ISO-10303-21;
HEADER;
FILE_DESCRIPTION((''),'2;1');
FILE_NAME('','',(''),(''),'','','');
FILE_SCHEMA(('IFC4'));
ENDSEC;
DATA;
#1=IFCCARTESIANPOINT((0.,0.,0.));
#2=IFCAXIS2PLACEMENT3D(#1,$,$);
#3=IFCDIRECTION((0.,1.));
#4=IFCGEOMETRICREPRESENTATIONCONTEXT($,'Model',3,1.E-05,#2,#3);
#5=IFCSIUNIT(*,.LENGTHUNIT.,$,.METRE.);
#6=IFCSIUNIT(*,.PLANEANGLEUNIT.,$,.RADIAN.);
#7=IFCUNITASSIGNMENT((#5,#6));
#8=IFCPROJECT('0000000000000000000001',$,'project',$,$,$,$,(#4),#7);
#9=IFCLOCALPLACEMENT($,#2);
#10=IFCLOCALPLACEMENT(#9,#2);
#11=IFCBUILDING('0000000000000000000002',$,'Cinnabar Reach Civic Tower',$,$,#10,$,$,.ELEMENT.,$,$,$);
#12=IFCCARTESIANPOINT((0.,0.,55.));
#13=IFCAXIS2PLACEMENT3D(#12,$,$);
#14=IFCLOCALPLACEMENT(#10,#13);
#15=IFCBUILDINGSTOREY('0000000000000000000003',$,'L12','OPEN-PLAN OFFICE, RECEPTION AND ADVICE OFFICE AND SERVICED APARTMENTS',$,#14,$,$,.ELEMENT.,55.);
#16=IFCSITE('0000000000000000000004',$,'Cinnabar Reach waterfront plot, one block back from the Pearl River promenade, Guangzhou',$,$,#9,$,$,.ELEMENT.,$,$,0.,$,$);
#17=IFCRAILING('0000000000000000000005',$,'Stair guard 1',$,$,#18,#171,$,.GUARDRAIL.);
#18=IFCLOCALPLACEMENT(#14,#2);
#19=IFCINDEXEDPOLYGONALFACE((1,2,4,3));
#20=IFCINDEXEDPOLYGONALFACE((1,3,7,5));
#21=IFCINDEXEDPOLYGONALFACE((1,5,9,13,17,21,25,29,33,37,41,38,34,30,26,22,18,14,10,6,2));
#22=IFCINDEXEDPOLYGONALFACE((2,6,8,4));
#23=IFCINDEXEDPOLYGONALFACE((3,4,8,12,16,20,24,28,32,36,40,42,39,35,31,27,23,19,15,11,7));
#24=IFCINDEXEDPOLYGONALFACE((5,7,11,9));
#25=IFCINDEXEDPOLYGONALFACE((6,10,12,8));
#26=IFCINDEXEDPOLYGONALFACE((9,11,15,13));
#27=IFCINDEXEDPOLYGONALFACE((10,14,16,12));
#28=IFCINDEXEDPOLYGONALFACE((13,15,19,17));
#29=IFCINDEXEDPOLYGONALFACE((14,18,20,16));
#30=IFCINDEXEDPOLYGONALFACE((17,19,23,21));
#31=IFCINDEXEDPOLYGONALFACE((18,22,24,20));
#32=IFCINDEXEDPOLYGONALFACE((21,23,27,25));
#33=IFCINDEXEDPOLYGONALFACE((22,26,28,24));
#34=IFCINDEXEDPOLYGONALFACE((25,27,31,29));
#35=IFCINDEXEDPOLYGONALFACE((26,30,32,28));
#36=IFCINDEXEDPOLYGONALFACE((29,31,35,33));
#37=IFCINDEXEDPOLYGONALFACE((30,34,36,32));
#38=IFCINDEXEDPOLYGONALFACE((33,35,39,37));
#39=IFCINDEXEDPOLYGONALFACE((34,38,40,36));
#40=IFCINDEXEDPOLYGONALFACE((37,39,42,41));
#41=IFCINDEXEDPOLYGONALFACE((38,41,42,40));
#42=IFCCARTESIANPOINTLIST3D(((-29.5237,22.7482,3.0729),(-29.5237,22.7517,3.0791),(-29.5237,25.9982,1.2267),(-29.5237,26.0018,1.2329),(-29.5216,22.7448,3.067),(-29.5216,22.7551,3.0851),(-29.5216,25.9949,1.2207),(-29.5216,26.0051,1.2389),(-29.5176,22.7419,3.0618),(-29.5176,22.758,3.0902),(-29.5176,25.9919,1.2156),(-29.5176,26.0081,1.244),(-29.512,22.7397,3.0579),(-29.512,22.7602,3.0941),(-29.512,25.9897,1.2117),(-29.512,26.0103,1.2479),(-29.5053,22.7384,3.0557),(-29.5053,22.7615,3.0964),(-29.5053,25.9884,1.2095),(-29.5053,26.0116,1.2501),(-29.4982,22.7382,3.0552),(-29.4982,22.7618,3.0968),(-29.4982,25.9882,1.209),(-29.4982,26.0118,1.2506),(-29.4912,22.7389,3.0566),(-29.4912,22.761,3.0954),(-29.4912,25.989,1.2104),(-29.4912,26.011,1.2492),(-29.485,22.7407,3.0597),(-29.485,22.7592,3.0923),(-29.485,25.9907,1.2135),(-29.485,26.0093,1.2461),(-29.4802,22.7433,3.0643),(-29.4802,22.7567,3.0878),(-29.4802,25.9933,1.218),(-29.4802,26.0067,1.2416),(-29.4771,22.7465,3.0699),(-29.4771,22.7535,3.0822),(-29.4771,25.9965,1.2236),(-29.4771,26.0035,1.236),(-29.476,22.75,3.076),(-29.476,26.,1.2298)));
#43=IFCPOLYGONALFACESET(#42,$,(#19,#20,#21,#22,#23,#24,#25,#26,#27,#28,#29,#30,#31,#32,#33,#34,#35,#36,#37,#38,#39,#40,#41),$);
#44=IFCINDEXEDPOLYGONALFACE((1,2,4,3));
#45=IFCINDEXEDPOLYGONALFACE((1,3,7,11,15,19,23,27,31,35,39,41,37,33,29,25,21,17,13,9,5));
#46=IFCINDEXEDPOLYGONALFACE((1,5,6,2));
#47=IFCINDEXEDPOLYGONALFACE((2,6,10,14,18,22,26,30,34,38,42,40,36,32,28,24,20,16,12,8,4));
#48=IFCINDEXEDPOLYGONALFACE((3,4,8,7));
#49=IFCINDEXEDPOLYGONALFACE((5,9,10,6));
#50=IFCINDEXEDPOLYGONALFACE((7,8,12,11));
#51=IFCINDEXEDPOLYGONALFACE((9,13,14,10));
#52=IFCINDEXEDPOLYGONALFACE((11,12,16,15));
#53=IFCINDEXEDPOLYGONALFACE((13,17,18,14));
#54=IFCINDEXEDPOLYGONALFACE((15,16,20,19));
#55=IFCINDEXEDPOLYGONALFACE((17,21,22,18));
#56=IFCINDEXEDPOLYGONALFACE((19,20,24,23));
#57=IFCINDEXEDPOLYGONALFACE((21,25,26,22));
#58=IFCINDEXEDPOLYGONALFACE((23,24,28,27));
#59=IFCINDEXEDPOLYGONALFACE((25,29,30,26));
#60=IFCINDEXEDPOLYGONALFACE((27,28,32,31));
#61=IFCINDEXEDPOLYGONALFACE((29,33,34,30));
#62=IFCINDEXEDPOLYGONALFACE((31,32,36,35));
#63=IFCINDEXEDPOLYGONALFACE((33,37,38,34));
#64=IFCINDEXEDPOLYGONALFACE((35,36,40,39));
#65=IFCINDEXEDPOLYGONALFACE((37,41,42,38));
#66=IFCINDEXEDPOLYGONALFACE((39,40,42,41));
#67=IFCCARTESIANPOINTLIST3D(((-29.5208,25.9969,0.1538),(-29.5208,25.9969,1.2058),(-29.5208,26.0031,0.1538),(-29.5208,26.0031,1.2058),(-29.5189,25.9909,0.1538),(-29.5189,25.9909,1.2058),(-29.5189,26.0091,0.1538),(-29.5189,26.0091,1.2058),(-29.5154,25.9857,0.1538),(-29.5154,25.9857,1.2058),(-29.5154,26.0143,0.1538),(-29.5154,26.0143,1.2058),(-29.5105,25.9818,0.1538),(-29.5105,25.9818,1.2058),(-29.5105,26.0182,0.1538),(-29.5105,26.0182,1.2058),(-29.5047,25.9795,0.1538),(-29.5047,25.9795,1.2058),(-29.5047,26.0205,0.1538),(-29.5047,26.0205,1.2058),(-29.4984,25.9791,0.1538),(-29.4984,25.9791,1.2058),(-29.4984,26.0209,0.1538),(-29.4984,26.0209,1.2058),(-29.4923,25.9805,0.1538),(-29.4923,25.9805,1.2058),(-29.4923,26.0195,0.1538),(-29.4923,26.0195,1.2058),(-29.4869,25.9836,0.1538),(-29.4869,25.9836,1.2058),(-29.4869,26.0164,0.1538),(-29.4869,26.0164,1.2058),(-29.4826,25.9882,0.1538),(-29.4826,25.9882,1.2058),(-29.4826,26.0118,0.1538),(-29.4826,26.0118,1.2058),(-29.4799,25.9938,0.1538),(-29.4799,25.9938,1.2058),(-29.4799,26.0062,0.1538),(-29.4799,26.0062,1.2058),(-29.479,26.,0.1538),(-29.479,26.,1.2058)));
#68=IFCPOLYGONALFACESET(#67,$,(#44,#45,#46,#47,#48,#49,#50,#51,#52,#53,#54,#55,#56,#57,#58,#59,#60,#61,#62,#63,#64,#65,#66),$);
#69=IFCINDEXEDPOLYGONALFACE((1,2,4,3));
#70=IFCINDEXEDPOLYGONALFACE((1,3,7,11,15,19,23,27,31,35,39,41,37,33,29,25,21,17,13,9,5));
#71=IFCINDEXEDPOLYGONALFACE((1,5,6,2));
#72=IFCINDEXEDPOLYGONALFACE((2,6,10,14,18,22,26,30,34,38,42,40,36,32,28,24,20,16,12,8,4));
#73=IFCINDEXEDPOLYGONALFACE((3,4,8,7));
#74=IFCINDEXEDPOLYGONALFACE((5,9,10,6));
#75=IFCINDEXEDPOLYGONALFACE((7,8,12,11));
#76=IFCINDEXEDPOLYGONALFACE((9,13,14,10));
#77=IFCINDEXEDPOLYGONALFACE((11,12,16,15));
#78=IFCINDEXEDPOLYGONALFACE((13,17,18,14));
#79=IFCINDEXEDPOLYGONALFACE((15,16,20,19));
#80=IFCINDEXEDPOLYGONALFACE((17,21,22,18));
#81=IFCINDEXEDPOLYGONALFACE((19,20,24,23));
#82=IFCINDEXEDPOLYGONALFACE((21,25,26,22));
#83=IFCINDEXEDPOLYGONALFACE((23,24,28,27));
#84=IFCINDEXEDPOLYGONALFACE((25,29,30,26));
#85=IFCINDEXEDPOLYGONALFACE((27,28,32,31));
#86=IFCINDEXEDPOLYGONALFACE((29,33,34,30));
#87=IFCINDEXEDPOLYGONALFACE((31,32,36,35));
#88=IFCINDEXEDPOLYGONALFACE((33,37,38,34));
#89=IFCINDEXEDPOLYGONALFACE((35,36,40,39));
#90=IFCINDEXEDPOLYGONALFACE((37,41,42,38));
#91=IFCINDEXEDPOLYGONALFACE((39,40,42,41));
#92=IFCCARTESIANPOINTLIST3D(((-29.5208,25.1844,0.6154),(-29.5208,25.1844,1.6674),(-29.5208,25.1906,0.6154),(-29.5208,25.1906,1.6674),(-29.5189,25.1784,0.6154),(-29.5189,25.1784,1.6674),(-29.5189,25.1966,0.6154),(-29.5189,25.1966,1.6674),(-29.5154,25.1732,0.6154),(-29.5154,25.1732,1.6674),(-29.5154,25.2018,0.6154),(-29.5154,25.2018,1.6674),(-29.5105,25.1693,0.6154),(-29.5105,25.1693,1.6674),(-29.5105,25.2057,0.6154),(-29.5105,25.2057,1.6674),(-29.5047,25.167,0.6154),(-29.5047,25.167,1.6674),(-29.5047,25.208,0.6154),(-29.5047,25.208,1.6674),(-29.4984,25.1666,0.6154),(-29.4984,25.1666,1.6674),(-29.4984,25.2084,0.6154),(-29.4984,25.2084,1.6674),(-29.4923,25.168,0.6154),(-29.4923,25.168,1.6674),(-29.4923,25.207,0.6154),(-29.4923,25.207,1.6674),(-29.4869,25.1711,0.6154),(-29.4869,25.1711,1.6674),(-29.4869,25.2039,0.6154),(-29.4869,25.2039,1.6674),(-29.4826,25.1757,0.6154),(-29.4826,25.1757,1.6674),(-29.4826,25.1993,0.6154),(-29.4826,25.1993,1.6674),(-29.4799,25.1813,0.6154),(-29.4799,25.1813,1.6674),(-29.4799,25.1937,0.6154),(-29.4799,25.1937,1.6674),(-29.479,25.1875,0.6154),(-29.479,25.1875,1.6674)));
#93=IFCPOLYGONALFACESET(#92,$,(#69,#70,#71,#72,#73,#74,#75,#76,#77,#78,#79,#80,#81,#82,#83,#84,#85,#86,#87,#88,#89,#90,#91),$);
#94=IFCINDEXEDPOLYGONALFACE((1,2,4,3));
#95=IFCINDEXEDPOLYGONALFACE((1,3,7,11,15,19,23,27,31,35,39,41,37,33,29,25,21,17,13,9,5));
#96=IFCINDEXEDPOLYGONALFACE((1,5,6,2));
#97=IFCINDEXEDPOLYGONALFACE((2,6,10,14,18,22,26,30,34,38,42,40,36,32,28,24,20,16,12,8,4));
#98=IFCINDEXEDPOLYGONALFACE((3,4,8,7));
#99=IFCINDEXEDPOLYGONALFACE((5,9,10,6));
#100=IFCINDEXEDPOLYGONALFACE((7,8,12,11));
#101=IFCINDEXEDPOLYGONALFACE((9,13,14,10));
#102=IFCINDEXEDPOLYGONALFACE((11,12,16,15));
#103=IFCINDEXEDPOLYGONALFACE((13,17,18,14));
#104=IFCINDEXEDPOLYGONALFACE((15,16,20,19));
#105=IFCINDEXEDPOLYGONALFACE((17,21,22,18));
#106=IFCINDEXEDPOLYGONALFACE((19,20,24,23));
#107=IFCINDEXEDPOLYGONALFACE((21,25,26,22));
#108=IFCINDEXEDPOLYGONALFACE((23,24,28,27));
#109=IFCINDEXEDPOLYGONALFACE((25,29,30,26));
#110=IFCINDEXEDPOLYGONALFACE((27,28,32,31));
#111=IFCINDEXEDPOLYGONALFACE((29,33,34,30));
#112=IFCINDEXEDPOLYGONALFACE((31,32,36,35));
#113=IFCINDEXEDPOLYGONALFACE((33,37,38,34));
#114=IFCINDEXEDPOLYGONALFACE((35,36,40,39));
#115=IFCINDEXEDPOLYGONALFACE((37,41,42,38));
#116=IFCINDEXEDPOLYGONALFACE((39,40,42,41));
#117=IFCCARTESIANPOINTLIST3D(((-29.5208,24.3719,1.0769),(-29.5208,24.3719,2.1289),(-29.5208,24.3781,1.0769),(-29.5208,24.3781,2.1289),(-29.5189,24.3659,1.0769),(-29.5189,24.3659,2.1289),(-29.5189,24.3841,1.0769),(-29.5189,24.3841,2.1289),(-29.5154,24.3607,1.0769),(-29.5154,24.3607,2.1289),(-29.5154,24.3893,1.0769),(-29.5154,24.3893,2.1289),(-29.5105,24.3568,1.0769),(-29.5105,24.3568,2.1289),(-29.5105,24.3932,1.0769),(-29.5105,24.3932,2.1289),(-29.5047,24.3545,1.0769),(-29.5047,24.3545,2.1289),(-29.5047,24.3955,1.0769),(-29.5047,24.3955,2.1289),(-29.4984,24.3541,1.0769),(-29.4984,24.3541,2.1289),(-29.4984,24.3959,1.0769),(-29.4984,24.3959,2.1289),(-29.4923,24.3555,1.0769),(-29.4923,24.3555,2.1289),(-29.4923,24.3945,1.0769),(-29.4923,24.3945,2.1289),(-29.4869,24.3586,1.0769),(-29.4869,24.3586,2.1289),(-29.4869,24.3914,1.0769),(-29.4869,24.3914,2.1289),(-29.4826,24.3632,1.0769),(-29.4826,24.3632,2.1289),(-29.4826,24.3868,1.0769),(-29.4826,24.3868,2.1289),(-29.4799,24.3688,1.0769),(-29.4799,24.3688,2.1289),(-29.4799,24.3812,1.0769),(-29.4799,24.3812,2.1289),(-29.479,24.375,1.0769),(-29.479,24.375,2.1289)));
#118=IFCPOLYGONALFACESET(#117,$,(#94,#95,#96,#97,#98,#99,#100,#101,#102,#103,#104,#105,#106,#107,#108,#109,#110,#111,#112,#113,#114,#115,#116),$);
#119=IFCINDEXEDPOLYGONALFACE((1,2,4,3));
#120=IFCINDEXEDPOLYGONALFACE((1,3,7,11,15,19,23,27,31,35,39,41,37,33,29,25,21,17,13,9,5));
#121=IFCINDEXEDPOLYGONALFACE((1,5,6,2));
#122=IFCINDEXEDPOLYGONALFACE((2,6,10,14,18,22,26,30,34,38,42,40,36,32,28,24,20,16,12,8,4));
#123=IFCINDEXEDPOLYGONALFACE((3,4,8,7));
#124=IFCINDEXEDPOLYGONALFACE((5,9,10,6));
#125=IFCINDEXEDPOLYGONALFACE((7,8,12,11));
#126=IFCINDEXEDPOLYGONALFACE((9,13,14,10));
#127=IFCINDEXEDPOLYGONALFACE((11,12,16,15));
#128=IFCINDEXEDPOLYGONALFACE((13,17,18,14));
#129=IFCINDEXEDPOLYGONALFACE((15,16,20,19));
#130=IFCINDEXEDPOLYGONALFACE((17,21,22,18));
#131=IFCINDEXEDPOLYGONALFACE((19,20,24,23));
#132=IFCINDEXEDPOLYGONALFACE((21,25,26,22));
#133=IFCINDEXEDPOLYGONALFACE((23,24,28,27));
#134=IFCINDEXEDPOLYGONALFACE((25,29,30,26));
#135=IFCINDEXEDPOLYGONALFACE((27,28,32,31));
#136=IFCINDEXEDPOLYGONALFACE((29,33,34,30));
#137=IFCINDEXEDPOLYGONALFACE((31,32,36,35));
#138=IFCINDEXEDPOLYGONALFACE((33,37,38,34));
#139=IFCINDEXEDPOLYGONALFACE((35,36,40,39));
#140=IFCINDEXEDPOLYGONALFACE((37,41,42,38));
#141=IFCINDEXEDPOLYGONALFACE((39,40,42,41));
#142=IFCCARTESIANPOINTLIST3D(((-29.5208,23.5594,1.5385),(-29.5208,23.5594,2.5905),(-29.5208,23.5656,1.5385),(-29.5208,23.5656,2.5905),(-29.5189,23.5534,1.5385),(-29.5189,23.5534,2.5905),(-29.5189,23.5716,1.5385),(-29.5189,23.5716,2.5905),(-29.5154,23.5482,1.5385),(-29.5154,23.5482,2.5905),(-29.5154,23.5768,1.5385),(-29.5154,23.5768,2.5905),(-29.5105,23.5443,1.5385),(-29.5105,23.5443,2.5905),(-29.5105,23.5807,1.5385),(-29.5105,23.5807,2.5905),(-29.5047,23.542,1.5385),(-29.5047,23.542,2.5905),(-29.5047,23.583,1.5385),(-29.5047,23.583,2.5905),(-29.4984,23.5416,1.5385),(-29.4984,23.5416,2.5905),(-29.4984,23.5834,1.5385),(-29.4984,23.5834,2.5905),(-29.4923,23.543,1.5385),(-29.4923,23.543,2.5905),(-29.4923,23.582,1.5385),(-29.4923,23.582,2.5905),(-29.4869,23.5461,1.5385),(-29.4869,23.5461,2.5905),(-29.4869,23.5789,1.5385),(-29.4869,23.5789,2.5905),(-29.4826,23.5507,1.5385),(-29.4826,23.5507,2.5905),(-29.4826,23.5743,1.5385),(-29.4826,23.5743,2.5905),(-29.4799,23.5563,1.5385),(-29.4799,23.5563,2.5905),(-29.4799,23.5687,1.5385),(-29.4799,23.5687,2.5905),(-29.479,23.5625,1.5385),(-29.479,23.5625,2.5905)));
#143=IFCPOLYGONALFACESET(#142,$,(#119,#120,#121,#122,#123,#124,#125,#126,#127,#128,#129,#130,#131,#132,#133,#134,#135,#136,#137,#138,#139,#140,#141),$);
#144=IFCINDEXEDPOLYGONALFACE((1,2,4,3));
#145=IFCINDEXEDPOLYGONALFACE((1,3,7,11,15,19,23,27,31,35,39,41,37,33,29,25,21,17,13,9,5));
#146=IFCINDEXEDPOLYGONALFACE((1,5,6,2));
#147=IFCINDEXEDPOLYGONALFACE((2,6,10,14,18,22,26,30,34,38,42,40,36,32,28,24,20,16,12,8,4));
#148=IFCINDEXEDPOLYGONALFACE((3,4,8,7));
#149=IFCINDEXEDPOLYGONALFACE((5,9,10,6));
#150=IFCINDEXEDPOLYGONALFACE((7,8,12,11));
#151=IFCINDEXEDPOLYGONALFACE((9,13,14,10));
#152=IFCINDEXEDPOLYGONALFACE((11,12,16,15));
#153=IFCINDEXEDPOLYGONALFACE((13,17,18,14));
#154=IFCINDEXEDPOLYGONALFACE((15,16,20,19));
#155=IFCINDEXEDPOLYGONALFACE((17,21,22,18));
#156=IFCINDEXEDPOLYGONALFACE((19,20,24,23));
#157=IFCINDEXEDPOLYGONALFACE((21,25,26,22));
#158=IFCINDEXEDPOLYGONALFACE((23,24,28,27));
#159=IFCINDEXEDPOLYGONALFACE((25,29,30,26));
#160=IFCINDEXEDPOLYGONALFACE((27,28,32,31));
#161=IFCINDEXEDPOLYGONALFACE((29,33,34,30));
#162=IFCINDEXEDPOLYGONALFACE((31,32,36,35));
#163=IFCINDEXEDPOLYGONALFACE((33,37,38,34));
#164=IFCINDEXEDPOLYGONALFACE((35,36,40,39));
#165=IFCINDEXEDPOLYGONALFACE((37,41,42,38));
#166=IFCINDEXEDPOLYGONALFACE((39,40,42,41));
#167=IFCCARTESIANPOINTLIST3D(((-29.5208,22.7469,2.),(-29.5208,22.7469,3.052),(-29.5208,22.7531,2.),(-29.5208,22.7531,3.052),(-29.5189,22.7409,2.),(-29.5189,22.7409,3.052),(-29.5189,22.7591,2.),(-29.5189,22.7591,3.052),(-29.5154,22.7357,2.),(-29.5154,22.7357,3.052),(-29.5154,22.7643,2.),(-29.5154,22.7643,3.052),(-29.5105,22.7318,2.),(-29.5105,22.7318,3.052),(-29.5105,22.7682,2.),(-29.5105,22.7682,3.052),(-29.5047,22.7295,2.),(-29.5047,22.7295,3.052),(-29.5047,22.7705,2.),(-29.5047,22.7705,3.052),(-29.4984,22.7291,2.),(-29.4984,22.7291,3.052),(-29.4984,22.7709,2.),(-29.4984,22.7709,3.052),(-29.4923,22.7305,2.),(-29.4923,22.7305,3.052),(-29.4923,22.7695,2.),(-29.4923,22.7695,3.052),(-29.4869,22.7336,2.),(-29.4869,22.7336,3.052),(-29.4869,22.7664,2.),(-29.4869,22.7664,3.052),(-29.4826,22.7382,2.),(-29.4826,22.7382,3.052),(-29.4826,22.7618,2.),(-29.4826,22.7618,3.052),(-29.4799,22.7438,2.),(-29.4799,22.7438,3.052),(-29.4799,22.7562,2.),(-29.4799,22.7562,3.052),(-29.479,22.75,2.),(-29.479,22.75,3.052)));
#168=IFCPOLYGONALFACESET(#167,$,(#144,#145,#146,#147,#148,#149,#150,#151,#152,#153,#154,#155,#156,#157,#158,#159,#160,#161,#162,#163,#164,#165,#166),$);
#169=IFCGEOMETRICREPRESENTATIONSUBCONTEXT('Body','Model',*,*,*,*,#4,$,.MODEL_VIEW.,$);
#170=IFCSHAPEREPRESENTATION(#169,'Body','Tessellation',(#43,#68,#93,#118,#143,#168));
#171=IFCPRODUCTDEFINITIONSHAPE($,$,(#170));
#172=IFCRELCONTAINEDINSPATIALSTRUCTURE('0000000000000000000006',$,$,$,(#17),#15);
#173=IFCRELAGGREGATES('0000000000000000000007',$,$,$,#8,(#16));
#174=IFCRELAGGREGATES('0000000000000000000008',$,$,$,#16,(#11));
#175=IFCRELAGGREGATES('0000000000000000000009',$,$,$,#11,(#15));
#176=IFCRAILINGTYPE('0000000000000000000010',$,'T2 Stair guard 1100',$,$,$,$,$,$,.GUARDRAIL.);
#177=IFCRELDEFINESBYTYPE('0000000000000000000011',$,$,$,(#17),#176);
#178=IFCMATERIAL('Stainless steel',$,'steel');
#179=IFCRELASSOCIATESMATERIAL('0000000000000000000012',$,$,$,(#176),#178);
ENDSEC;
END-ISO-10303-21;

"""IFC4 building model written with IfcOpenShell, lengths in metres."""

from ifc_helpers import new_model, si_unit, direction, frame, origin, origin_2d, place, context, subcontext, project, spatial, circle, extrude, material, type_object, element, save


model = new_model("IFC4")

# Units and contexts
model_context = context("Model", 3, precision=1e-05, world=origin(), true_north=direction((0.0, 1.0)))
body_context = subcontext(model_context, "Body", "Model", "MODEL_VIEW")
ifc_project = project(units=[si_unit("LENGTHUNIT", "METRE"), si_unit("PLANEANGLEUNIT", "RADIAN")], contexts=[model_context])

# Site, building, storey
site_placement = place(None, origin())
site = spatial("IfcSite", under=ifc_project, at=site_placement, Name="Cinnabar Reach waterfront plot, one block back from the Pearl River promenade, Guangzhou", CompositionType="ELEMENT", RefElevation=0.0)
building_placement = place(site_placement, origin())
building = spatial("IfcBuilding", under=site, at=building_placement, Name="Cinnabar Reach Civic Tower", CompositionType="ELEMENT")
storey_placement = place(building_placement, frame((0.0, 0.0, 55.0)))
storey = spatial("IfcBuildingStorey", under=building, at=storey_placement, Name="L12", Description="OPEN-PLAN OFFICE, RECEPTION AND ADVICE OFFICE AND SERVICED APARTMENTS", CompositionType="ELEMENT", Elevation=55.0)

# Railing
ifc_material_1 = material(Name="Stainless steel", Category="steel")
railing_type = type_object("IfcRailingType", Name="T2 Stair guard 1100", PredefinedType="GUARDRAIL", material=ifc_material_1)
railing_1_placement = place(storey_placement, frame((-29.5, 26.0, 0.1538)))
element("IfcRailing", 1, at=railing_1_placement, inside=storey, type_object=railing_type, Name="Stair guard 1", PredefinedType="GUARDRAIL", context=body_context, shape_type="SweptSolid", body=[
    extrude(circle(Radius=0.024, at=origin_2d()), frame((0.0, 0.0, 1.076), z_axis=(0.0, -0.869501, 0.49393), x_axis=(1.0, 0.0, 0.0)), (0.0, 0.0, 1.0), 3.7378),
    extrude(circle(Radius=0.021, at=origin_2d()), origin(), (0.0, 0.0, 1.0), 1.052),
    extrude(circle(Radius=0.021, at=origin_2d()), frame((0.0, -0.8125, 0.4616)), (0.0, 0.0, 1.0), 1.052),
    extrude(circle(Radius=0.021, at=origin_2d()), frame((0.0, -1.625, 0.9231)), (0.0, 0.0, 1.0), 1.052),
    extrude(circle(Radius=0.021, at=origin_2d()), frame((0.0, -2.4375, 1.3847)), (0.0, 0.0, 1.0), 1.052),
    extrude(circle(Radius=0.021, at=origin_2d()), frame((0.0, -3.25, 1.8462)), (0.0, 0.0, 1.0), 1.052),
])

save(model, "model.ifc")
